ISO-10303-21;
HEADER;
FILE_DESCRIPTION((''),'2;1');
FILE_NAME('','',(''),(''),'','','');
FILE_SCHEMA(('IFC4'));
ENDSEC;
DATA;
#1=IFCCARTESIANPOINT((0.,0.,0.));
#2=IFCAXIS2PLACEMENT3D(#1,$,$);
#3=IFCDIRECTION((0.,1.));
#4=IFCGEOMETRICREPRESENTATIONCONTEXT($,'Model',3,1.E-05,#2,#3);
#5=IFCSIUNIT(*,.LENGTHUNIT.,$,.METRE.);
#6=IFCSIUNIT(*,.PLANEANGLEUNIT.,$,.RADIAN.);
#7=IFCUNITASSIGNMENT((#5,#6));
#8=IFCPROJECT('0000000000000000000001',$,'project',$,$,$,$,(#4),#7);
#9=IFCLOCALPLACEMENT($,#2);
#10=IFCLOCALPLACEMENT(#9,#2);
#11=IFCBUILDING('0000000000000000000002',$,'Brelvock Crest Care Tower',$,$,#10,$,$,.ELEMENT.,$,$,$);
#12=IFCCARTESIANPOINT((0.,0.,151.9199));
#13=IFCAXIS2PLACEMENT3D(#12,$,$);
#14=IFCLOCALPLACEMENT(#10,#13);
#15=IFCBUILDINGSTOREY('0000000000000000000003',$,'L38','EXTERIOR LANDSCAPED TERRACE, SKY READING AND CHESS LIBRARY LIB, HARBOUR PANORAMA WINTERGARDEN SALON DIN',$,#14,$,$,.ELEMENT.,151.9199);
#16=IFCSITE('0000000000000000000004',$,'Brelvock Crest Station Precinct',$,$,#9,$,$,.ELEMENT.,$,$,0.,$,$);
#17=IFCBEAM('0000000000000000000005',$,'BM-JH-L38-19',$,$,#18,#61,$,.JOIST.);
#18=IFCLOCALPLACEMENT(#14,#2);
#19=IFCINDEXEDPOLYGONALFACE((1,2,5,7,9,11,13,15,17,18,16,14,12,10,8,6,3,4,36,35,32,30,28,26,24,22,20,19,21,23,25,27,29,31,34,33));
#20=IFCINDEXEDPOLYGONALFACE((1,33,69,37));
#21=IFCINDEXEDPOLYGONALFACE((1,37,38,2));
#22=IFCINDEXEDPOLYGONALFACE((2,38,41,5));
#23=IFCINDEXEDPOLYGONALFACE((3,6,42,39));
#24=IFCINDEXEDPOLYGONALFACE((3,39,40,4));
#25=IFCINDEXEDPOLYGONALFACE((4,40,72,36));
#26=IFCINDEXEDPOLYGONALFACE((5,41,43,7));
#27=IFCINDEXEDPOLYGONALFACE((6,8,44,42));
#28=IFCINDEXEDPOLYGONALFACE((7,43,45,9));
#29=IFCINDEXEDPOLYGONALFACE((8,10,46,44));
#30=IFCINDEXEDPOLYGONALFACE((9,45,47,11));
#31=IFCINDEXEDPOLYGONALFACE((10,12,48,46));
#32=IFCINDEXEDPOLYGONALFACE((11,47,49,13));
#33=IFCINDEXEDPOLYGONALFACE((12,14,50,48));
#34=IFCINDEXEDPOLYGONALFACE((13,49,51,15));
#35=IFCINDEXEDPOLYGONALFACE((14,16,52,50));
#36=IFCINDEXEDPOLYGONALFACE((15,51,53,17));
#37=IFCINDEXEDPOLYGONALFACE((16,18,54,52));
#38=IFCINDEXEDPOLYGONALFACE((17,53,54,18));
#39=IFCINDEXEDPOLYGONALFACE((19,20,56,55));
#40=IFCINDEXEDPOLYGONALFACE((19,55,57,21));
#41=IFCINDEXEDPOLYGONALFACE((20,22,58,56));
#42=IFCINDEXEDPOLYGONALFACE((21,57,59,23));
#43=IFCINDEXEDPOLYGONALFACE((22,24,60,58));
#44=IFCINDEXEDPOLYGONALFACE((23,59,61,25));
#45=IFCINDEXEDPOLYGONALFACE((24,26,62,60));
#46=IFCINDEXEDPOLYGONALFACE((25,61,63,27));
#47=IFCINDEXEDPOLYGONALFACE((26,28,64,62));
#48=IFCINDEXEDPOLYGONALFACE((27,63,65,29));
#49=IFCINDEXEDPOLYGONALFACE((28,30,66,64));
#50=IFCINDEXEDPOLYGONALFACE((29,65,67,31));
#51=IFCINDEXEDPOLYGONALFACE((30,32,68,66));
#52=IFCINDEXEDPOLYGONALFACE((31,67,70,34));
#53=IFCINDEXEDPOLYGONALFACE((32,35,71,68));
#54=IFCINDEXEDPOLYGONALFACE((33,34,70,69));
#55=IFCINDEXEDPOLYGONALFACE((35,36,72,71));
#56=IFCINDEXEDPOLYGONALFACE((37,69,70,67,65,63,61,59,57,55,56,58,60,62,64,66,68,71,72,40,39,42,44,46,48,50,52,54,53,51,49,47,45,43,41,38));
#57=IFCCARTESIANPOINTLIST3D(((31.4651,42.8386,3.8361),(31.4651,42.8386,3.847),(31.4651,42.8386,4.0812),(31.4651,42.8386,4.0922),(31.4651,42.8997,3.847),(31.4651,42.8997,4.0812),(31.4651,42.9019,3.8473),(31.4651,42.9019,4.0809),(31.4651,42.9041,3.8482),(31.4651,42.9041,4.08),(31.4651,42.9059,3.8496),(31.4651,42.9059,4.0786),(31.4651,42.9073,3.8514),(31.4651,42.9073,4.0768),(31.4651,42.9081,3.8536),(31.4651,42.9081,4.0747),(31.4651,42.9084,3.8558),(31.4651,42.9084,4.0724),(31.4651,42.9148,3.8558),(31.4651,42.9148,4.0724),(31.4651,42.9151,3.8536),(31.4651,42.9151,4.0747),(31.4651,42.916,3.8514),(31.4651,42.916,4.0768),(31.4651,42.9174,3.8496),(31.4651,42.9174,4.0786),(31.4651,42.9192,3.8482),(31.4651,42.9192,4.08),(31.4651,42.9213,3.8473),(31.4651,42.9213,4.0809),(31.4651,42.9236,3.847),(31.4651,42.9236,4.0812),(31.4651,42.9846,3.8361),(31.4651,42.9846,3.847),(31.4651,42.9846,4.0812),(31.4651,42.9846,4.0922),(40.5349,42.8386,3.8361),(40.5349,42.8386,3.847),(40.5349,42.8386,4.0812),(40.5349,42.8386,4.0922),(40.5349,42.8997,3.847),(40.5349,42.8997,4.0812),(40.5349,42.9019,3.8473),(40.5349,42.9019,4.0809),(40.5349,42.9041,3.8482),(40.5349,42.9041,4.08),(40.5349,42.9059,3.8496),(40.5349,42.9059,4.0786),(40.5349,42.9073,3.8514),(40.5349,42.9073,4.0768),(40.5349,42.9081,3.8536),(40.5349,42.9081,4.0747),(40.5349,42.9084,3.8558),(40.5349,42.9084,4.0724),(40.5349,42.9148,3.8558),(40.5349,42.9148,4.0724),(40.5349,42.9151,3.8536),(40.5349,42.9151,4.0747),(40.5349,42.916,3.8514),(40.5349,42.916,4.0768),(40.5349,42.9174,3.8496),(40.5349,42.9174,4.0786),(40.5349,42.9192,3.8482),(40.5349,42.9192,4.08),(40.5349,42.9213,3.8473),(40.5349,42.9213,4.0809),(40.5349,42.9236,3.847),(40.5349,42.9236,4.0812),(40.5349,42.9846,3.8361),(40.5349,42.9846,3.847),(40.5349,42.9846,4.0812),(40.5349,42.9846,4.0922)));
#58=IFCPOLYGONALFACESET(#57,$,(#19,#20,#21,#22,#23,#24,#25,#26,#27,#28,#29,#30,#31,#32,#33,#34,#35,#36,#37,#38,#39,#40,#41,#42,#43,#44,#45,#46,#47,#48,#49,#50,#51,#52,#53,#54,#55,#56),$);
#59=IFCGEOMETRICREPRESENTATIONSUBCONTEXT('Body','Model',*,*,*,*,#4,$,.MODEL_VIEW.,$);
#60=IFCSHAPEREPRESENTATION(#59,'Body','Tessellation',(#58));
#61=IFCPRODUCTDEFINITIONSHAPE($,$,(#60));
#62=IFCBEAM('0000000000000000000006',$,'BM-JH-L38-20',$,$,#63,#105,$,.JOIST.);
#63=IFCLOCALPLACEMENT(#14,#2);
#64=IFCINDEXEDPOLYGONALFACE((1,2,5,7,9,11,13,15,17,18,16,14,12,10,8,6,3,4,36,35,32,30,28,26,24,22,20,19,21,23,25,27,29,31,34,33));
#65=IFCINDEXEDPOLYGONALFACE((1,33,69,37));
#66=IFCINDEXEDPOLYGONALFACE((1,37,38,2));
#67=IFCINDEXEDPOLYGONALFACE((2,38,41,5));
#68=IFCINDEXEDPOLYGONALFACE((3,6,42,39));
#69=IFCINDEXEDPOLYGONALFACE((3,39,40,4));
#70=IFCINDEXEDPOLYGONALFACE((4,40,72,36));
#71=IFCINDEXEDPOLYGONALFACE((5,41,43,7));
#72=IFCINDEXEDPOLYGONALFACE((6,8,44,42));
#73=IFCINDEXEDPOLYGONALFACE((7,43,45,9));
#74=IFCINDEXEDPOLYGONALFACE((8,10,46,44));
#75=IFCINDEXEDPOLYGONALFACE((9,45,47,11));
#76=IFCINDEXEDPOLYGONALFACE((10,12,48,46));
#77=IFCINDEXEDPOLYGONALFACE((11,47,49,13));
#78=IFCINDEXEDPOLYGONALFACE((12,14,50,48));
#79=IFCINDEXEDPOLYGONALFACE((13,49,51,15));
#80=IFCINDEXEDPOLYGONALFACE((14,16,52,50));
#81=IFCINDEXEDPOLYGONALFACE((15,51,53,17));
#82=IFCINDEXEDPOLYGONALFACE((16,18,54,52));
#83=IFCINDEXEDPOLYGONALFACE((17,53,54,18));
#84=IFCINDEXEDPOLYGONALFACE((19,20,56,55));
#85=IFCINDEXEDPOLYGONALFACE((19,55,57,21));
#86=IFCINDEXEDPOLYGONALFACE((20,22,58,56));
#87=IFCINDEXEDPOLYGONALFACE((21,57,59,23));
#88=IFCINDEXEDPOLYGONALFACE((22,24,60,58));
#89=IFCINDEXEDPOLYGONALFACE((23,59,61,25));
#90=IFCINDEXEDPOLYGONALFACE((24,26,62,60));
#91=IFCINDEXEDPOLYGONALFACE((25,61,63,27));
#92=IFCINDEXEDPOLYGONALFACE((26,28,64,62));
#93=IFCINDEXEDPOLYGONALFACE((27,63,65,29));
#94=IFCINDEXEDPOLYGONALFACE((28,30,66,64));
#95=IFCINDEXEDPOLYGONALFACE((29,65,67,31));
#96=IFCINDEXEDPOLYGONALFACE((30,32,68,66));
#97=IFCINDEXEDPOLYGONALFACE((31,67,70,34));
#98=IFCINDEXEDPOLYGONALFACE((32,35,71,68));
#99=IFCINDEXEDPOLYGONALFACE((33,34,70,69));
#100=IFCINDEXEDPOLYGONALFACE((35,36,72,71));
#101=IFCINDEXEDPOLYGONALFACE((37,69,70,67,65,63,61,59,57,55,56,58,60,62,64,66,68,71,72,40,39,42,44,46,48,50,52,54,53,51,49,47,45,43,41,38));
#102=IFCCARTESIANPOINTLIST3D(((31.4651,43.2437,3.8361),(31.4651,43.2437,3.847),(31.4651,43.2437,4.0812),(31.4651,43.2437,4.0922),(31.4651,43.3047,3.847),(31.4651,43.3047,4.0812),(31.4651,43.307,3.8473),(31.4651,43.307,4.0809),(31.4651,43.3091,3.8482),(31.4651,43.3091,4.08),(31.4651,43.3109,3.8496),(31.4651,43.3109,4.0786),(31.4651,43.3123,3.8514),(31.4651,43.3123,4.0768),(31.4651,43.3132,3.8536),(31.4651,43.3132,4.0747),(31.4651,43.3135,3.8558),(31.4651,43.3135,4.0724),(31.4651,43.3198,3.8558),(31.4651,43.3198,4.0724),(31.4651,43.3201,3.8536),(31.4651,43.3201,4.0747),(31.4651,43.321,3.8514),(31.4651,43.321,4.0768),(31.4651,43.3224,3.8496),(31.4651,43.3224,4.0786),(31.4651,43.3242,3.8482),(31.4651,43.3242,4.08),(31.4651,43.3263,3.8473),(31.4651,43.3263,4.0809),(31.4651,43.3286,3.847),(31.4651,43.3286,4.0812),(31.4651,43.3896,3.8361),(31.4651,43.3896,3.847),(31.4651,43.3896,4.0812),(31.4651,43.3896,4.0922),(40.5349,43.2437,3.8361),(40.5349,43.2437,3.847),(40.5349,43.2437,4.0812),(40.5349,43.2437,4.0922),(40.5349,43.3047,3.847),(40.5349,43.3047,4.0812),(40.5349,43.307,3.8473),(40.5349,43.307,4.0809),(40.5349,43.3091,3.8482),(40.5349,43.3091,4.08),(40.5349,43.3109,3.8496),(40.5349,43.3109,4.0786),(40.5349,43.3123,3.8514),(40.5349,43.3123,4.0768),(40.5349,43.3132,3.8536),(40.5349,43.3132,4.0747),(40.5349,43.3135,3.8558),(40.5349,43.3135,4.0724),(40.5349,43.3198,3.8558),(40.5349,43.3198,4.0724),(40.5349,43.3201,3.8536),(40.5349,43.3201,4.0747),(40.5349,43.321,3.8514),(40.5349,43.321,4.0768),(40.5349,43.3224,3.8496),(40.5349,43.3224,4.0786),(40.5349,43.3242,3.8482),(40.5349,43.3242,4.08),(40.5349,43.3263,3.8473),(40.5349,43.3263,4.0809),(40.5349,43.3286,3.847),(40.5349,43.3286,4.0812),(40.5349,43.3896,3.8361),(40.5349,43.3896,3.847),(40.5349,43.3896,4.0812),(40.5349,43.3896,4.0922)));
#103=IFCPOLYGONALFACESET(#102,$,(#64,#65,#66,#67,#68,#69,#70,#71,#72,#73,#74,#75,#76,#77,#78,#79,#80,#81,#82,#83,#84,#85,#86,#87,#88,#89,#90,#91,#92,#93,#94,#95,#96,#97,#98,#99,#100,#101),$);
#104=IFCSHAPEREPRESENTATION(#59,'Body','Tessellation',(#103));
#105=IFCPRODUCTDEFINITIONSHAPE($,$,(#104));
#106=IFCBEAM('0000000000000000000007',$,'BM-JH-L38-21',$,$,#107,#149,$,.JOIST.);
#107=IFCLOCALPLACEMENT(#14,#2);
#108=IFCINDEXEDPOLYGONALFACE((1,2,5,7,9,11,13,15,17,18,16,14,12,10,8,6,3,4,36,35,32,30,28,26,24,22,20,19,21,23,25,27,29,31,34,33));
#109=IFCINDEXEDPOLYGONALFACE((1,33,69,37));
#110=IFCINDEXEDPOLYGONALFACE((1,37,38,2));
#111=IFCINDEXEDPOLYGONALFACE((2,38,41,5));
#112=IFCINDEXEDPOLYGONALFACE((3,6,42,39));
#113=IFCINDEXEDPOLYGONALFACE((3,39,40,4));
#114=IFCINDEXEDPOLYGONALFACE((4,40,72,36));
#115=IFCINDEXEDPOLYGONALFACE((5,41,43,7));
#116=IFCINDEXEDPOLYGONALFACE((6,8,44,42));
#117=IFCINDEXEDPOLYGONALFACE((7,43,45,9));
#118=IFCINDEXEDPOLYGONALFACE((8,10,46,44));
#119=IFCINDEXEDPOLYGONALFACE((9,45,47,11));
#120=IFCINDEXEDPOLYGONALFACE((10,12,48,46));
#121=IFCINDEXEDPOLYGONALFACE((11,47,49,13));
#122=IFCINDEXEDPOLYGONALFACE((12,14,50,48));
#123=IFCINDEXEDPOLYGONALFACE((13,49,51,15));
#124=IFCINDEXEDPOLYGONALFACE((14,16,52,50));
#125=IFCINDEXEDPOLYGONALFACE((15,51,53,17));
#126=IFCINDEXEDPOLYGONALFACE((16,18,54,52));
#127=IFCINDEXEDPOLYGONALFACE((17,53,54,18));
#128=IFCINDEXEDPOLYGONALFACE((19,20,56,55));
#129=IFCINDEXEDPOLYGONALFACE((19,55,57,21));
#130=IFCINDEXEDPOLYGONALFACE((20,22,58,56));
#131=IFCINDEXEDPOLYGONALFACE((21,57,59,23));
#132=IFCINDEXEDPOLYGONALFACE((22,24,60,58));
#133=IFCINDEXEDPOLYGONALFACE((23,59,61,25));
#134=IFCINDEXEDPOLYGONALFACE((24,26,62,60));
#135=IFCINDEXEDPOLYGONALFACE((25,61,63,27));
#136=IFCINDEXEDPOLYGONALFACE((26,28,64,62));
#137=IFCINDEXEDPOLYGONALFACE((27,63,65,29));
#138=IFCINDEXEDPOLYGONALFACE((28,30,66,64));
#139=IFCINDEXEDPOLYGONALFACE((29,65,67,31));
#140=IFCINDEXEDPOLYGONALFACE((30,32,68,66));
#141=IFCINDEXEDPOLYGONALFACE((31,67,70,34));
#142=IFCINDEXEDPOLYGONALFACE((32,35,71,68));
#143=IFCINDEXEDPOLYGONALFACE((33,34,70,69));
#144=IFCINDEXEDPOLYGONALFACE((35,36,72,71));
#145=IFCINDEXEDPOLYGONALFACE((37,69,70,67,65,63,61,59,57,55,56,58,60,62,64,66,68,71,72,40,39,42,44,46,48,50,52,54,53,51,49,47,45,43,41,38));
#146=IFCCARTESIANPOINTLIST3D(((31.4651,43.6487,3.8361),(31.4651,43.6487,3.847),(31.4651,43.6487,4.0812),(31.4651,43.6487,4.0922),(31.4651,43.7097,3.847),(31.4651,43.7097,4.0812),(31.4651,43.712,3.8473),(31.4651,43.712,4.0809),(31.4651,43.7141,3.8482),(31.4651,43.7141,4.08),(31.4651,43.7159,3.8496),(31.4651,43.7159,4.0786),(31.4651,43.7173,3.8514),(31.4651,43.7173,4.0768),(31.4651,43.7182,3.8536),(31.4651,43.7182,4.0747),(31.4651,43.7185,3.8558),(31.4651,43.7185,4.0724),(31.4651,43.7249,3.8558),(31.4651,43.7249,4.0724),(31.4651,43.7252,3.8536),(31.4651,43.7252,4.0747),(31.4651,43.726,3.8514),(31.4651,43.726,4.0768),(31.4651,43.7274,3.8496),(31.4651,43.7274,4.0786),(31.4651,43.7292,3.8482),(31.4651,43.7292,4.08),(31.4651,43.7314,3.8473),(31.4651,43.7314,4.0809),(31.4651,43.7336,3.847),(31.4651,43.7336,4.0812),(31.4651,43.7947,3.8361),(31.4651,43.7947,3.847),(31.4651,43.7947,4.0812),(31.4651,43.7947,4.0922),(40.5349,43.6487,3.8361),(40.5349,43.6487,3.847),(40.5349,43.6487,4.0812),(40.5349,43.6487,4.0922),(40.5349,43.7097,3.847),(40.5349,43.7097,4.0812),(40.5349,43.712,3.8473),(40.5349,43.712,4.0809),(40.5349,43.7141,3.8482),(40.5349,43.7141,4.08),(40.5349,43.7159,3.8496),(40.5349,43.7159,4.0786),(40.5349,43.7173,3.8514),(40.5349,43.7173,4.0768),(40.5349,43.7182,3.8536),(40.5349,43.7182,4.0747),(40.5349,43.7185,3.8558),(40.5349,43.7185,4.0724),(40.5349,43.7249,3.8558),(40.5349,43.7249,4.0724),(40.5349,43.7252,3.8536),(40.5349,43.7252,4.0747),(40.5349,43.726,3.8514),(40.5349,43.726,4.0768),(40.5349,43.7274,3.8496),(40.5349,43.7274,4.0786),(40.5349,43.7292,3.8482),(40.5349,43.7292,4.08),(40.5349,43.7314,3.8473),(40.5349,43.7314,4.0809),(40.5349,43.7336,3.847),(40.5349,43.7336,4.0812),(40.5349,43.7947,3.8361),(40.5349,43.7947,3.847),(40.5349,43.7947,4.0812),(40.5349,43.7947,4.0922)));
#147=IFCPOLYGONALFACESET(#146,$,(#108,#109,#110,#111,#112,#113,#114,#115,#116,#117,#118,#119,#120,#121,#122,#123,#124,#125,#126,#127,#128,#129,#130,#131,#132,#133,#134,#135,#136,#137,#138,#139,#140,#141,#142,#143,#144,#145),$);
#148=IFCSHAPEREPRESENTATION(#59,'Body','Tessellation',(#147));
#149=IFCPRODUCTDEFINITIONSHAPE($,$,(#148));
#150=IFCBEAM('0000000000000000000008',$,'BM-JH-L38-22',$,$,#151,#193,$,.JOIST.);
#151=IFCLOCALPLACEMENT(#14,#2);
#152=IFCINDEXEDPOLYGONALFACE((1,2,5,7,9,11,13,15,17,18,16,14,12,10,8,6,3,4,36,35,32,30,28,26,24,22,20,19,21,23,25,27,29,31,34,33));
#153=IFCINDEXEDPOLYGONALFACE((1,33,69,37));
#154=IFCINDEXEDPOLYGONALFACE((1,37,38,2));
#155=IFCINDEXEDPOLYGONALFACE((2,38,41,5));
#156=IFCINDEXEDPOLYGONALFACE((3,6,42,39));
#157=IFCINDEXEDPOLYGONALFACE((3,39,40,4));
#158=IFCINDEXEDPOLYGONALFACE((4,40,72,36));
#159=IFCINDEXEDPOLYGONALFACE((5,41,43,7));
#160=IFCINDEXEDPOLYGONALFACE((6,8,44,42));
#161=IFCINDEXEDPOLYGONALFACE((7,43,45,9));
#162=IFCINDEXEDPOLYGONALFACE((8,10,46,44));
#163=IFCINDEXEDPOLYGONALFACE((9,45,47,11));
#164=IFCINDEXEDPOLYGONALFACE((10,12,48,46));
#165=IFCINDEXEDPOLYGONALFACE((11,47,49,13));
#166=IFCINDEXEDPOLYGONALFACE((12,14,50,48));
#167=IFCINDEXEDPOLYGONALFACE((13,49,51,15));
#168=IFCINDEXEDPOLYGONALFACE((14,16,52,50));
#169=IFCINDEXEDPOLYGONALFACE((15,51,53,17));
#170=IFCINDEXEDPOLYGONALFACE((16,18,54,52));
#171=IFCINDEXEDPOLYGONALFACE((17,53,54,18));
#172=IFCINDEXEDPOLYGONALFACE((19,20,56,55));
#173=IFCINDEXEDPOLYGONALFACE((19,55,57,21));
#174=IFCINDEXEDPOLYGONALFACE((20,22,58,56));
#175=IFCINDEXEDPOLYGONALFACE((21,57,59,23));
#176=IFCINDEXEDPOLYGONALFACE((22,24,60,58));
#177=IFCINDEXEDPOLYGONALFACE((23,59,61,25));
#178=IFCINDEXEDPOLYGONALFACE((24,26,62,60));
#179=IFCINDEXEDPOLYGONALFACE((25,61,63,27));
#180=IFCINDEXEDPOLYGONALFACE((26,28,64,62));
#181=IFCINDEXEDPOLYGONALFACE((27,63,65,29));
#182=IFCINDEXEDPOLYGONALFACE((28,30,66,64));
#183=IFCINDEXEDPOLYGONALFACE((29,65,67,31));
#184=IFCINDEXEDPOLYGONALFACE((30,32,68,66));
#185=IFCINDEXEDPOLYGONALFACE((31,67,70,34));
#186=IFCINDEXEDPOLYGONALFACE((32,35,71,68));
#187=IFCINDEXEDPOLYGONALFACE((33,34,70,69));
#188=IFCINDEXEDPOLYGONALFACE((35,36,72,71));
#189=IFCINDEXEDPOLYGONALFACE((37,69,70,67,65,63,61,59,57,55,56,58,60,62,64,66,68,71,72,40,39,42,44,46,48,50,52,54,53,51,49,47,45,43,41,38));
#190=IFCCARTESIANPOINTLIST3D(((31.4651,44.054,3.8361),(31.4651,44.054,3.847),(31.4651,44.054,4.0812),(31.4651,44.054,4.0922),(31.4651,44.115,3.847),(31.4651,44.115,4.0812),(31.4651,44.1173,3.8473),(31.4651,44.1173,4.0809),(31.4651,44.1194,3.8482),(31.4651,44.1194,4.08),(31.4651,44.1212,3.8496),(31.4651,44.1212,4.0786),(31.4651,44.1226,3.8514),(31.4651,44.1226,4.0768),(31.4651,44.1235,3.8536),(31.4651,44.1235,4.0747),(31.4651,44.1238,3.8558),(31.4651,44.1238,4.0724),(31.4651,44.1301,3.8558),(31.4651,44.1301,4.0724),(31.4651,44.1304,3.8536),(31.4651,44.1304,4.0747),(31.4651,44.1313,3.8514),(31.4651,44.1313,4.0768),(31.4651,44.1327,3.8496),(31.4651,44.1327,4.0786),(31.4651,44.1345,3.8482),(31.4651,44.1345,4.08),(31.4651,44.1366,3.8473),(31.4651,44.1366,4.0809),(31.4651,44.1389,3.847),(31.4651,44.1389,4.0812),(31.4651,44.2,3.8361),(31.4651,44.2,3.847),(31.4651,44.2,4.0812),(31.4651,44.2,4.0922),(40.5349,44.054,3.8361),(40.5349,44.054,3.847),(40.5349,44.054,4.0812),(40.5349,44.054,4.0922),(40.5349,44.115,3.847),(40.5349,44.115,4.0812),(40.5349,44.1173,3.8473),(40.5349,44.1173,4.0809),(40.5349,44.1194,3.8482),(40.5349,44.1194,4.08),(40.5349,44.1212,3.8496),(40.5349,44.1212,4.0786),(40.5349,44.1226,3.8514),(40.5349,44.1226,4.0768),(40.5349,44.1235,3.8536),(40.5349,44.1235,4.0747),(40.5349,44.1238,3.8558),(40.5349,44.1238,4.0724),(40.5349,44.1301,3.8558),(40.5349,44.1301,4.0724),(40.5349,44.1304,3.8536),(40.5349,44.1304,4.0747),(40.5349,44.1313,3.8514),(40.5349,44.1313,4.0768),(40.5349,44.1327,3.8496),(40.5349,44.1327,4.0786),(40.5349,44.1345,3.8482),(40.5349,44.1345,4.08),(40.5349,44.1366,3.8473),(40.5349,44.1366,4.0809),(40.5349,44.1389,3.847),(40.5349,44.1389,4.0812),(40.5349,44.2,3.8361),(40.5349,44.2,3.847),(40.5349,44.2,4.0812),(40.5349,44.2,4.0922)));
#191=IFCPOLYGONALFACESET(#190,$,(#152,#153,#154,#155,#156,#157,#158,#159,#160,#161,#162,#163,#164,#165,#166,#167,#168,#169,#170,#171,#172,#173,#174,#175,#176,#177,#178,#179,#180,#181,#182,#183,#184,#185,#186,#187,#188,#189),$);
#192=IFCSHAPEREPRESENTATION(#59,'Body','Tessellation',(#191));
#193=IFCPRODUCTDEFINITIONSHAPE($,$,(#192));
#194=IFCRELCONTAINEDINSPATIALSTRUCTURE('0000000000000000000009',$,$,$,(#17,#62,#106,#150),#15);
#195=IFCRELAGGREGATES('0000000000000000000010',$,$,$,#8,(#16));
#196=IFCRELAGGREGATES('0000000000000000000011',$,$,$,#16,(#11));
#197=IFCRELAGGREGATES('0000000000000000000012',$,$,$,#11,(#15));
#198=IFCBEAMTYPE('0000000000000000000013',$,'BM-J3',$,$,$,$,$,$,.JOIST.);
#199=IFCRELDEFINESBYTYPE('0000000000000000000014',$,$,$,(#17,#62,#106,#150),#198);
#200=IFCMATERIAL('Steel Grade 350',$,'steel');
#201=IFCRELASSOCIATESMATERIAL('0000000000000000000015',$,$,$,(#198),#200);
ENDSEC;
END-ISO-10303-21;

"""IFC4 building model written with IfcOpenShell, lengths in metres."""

from ifc_helpers import new_model, si_unit, direction, frame, origin, origin_2d, place, context, subcontext, project, spatial, i_section, extrude, source, transform, mapped, material, material_profile, profile_set, type_object, element, save


model = new_model("IFC4")

# Units and contexts
model_context = context("Model", 3, precision=1e-05, world=origin(), true_north=direction((0.0, 1.0)))
body_context = subcontext(model_context, "Body", "Model", "MODEL_VIEW")
ifc_project = project(units=[si_unit("LENGTHUNIT", "METRE"), si_unit("PLANEANGLEUNIT", "RADIAN")], contexts=[model_context])

# Site, building, storey
site_placement = place(None, origin())
site = spatial("IfcSite", under=ifc_project, at=site_placement, Name="Brelvock Crest Station Precinct", CompositionType="ELEMENT", RefElevation=0.0)
building_placement = place(site_placement, origin())
building = spatial("IfcBuilding", under=site, at=building_placement, Name="Brelvock Crest Care Tower", CompositionType="ELEMENT")
storey_placement = place(building_placement, frame((0.0, 0.0, 151.9199)))
storey = spatial("IfcBuildingStorey", under=building, at=storey_placement, Name="L38", Description="EXTERIOR LANDSCAPED TERRACE, SKY READING AND CHESS LIBRARY LIB, HARBOUR PANORAMA WINTERGARDEN SALON DIN", CompositionType="ELEMENT", Elevation=151.9199)

# Beams
ifc_material = material(Name="Steel Grade 350", Category="steel")
ifc_material_profile_1 = material_profile(ifc_material, i_section(OverallWidth=0.146, OverallDepth=0.2561, WebThickness=0.0063, FlangeThickness=0.011, FilletRadius=0.0088, at=origin_2d()), Name="250UB37.3")
ifc_profile_set_1 = profile_set([ifc_material_profile_1], Name="Steel Grade 350")
beam_type_1 = type_object("IfcBeamType", Name="BM-J3", PredefinedType="JOIST", material=ifc_profile_set_1)
shared_shape_1 = source(origin(), body_context, "Body", "SweptSolid", [
    extrude(i_section(OverallWidth=0.146, OverallDepth=0.2561, WebThickness=0.0063, FlangeThickness=0.011, FilletRadius=0.0088, at=origin_2d()), origin(), (0.0, 0.0, 1.0), 9.0698),
])
for number, where, z_axis, x_axis, name in (
    (1, (31.4651, 42.9116, 3.9641), (1.0, 0.0, 0.0), (0.0, 1.0, 0.0), "BM-JH-L38-19"),
    (2, (31.4651, 43.3167, 3.9641), (1.0, 0.0, 0.0), (0.0, 1.0, 0.0), "BM-JH-L38-20"),
    (3, (31.4651, 43.7217, 3.9641), (1.0, 0.0, 0.0), (0.0, 1.0, 0.0), "BM-JH-L38-21"),
    (4, (31.4651, 44.127, 3.9641), (1.0, 0.0, 0.0), (0.0, 1.0, 0.0), "BM-JH-L38-22"),
):
    element("IfcBeam", number, at=place(storey_placement, frame(where, z_axis=z_axis, x_axis=x_axis)), inside=storey, type_object=beam_type_1, Name=name, PredefinedType="JOIST", context=body_context, shape_type="MappedRepresentation", body=[
        mapped(shared_shape_1, transform((0.0, 0.0, 0.0), x_axis=(1.0, 0.0, 0.0), y_axis=(0.0, 1.0, 0.0), z_axis=(0.0, 0.0, 1.0), scale=1.0)),
    ])

save(model, "model.ifc")
